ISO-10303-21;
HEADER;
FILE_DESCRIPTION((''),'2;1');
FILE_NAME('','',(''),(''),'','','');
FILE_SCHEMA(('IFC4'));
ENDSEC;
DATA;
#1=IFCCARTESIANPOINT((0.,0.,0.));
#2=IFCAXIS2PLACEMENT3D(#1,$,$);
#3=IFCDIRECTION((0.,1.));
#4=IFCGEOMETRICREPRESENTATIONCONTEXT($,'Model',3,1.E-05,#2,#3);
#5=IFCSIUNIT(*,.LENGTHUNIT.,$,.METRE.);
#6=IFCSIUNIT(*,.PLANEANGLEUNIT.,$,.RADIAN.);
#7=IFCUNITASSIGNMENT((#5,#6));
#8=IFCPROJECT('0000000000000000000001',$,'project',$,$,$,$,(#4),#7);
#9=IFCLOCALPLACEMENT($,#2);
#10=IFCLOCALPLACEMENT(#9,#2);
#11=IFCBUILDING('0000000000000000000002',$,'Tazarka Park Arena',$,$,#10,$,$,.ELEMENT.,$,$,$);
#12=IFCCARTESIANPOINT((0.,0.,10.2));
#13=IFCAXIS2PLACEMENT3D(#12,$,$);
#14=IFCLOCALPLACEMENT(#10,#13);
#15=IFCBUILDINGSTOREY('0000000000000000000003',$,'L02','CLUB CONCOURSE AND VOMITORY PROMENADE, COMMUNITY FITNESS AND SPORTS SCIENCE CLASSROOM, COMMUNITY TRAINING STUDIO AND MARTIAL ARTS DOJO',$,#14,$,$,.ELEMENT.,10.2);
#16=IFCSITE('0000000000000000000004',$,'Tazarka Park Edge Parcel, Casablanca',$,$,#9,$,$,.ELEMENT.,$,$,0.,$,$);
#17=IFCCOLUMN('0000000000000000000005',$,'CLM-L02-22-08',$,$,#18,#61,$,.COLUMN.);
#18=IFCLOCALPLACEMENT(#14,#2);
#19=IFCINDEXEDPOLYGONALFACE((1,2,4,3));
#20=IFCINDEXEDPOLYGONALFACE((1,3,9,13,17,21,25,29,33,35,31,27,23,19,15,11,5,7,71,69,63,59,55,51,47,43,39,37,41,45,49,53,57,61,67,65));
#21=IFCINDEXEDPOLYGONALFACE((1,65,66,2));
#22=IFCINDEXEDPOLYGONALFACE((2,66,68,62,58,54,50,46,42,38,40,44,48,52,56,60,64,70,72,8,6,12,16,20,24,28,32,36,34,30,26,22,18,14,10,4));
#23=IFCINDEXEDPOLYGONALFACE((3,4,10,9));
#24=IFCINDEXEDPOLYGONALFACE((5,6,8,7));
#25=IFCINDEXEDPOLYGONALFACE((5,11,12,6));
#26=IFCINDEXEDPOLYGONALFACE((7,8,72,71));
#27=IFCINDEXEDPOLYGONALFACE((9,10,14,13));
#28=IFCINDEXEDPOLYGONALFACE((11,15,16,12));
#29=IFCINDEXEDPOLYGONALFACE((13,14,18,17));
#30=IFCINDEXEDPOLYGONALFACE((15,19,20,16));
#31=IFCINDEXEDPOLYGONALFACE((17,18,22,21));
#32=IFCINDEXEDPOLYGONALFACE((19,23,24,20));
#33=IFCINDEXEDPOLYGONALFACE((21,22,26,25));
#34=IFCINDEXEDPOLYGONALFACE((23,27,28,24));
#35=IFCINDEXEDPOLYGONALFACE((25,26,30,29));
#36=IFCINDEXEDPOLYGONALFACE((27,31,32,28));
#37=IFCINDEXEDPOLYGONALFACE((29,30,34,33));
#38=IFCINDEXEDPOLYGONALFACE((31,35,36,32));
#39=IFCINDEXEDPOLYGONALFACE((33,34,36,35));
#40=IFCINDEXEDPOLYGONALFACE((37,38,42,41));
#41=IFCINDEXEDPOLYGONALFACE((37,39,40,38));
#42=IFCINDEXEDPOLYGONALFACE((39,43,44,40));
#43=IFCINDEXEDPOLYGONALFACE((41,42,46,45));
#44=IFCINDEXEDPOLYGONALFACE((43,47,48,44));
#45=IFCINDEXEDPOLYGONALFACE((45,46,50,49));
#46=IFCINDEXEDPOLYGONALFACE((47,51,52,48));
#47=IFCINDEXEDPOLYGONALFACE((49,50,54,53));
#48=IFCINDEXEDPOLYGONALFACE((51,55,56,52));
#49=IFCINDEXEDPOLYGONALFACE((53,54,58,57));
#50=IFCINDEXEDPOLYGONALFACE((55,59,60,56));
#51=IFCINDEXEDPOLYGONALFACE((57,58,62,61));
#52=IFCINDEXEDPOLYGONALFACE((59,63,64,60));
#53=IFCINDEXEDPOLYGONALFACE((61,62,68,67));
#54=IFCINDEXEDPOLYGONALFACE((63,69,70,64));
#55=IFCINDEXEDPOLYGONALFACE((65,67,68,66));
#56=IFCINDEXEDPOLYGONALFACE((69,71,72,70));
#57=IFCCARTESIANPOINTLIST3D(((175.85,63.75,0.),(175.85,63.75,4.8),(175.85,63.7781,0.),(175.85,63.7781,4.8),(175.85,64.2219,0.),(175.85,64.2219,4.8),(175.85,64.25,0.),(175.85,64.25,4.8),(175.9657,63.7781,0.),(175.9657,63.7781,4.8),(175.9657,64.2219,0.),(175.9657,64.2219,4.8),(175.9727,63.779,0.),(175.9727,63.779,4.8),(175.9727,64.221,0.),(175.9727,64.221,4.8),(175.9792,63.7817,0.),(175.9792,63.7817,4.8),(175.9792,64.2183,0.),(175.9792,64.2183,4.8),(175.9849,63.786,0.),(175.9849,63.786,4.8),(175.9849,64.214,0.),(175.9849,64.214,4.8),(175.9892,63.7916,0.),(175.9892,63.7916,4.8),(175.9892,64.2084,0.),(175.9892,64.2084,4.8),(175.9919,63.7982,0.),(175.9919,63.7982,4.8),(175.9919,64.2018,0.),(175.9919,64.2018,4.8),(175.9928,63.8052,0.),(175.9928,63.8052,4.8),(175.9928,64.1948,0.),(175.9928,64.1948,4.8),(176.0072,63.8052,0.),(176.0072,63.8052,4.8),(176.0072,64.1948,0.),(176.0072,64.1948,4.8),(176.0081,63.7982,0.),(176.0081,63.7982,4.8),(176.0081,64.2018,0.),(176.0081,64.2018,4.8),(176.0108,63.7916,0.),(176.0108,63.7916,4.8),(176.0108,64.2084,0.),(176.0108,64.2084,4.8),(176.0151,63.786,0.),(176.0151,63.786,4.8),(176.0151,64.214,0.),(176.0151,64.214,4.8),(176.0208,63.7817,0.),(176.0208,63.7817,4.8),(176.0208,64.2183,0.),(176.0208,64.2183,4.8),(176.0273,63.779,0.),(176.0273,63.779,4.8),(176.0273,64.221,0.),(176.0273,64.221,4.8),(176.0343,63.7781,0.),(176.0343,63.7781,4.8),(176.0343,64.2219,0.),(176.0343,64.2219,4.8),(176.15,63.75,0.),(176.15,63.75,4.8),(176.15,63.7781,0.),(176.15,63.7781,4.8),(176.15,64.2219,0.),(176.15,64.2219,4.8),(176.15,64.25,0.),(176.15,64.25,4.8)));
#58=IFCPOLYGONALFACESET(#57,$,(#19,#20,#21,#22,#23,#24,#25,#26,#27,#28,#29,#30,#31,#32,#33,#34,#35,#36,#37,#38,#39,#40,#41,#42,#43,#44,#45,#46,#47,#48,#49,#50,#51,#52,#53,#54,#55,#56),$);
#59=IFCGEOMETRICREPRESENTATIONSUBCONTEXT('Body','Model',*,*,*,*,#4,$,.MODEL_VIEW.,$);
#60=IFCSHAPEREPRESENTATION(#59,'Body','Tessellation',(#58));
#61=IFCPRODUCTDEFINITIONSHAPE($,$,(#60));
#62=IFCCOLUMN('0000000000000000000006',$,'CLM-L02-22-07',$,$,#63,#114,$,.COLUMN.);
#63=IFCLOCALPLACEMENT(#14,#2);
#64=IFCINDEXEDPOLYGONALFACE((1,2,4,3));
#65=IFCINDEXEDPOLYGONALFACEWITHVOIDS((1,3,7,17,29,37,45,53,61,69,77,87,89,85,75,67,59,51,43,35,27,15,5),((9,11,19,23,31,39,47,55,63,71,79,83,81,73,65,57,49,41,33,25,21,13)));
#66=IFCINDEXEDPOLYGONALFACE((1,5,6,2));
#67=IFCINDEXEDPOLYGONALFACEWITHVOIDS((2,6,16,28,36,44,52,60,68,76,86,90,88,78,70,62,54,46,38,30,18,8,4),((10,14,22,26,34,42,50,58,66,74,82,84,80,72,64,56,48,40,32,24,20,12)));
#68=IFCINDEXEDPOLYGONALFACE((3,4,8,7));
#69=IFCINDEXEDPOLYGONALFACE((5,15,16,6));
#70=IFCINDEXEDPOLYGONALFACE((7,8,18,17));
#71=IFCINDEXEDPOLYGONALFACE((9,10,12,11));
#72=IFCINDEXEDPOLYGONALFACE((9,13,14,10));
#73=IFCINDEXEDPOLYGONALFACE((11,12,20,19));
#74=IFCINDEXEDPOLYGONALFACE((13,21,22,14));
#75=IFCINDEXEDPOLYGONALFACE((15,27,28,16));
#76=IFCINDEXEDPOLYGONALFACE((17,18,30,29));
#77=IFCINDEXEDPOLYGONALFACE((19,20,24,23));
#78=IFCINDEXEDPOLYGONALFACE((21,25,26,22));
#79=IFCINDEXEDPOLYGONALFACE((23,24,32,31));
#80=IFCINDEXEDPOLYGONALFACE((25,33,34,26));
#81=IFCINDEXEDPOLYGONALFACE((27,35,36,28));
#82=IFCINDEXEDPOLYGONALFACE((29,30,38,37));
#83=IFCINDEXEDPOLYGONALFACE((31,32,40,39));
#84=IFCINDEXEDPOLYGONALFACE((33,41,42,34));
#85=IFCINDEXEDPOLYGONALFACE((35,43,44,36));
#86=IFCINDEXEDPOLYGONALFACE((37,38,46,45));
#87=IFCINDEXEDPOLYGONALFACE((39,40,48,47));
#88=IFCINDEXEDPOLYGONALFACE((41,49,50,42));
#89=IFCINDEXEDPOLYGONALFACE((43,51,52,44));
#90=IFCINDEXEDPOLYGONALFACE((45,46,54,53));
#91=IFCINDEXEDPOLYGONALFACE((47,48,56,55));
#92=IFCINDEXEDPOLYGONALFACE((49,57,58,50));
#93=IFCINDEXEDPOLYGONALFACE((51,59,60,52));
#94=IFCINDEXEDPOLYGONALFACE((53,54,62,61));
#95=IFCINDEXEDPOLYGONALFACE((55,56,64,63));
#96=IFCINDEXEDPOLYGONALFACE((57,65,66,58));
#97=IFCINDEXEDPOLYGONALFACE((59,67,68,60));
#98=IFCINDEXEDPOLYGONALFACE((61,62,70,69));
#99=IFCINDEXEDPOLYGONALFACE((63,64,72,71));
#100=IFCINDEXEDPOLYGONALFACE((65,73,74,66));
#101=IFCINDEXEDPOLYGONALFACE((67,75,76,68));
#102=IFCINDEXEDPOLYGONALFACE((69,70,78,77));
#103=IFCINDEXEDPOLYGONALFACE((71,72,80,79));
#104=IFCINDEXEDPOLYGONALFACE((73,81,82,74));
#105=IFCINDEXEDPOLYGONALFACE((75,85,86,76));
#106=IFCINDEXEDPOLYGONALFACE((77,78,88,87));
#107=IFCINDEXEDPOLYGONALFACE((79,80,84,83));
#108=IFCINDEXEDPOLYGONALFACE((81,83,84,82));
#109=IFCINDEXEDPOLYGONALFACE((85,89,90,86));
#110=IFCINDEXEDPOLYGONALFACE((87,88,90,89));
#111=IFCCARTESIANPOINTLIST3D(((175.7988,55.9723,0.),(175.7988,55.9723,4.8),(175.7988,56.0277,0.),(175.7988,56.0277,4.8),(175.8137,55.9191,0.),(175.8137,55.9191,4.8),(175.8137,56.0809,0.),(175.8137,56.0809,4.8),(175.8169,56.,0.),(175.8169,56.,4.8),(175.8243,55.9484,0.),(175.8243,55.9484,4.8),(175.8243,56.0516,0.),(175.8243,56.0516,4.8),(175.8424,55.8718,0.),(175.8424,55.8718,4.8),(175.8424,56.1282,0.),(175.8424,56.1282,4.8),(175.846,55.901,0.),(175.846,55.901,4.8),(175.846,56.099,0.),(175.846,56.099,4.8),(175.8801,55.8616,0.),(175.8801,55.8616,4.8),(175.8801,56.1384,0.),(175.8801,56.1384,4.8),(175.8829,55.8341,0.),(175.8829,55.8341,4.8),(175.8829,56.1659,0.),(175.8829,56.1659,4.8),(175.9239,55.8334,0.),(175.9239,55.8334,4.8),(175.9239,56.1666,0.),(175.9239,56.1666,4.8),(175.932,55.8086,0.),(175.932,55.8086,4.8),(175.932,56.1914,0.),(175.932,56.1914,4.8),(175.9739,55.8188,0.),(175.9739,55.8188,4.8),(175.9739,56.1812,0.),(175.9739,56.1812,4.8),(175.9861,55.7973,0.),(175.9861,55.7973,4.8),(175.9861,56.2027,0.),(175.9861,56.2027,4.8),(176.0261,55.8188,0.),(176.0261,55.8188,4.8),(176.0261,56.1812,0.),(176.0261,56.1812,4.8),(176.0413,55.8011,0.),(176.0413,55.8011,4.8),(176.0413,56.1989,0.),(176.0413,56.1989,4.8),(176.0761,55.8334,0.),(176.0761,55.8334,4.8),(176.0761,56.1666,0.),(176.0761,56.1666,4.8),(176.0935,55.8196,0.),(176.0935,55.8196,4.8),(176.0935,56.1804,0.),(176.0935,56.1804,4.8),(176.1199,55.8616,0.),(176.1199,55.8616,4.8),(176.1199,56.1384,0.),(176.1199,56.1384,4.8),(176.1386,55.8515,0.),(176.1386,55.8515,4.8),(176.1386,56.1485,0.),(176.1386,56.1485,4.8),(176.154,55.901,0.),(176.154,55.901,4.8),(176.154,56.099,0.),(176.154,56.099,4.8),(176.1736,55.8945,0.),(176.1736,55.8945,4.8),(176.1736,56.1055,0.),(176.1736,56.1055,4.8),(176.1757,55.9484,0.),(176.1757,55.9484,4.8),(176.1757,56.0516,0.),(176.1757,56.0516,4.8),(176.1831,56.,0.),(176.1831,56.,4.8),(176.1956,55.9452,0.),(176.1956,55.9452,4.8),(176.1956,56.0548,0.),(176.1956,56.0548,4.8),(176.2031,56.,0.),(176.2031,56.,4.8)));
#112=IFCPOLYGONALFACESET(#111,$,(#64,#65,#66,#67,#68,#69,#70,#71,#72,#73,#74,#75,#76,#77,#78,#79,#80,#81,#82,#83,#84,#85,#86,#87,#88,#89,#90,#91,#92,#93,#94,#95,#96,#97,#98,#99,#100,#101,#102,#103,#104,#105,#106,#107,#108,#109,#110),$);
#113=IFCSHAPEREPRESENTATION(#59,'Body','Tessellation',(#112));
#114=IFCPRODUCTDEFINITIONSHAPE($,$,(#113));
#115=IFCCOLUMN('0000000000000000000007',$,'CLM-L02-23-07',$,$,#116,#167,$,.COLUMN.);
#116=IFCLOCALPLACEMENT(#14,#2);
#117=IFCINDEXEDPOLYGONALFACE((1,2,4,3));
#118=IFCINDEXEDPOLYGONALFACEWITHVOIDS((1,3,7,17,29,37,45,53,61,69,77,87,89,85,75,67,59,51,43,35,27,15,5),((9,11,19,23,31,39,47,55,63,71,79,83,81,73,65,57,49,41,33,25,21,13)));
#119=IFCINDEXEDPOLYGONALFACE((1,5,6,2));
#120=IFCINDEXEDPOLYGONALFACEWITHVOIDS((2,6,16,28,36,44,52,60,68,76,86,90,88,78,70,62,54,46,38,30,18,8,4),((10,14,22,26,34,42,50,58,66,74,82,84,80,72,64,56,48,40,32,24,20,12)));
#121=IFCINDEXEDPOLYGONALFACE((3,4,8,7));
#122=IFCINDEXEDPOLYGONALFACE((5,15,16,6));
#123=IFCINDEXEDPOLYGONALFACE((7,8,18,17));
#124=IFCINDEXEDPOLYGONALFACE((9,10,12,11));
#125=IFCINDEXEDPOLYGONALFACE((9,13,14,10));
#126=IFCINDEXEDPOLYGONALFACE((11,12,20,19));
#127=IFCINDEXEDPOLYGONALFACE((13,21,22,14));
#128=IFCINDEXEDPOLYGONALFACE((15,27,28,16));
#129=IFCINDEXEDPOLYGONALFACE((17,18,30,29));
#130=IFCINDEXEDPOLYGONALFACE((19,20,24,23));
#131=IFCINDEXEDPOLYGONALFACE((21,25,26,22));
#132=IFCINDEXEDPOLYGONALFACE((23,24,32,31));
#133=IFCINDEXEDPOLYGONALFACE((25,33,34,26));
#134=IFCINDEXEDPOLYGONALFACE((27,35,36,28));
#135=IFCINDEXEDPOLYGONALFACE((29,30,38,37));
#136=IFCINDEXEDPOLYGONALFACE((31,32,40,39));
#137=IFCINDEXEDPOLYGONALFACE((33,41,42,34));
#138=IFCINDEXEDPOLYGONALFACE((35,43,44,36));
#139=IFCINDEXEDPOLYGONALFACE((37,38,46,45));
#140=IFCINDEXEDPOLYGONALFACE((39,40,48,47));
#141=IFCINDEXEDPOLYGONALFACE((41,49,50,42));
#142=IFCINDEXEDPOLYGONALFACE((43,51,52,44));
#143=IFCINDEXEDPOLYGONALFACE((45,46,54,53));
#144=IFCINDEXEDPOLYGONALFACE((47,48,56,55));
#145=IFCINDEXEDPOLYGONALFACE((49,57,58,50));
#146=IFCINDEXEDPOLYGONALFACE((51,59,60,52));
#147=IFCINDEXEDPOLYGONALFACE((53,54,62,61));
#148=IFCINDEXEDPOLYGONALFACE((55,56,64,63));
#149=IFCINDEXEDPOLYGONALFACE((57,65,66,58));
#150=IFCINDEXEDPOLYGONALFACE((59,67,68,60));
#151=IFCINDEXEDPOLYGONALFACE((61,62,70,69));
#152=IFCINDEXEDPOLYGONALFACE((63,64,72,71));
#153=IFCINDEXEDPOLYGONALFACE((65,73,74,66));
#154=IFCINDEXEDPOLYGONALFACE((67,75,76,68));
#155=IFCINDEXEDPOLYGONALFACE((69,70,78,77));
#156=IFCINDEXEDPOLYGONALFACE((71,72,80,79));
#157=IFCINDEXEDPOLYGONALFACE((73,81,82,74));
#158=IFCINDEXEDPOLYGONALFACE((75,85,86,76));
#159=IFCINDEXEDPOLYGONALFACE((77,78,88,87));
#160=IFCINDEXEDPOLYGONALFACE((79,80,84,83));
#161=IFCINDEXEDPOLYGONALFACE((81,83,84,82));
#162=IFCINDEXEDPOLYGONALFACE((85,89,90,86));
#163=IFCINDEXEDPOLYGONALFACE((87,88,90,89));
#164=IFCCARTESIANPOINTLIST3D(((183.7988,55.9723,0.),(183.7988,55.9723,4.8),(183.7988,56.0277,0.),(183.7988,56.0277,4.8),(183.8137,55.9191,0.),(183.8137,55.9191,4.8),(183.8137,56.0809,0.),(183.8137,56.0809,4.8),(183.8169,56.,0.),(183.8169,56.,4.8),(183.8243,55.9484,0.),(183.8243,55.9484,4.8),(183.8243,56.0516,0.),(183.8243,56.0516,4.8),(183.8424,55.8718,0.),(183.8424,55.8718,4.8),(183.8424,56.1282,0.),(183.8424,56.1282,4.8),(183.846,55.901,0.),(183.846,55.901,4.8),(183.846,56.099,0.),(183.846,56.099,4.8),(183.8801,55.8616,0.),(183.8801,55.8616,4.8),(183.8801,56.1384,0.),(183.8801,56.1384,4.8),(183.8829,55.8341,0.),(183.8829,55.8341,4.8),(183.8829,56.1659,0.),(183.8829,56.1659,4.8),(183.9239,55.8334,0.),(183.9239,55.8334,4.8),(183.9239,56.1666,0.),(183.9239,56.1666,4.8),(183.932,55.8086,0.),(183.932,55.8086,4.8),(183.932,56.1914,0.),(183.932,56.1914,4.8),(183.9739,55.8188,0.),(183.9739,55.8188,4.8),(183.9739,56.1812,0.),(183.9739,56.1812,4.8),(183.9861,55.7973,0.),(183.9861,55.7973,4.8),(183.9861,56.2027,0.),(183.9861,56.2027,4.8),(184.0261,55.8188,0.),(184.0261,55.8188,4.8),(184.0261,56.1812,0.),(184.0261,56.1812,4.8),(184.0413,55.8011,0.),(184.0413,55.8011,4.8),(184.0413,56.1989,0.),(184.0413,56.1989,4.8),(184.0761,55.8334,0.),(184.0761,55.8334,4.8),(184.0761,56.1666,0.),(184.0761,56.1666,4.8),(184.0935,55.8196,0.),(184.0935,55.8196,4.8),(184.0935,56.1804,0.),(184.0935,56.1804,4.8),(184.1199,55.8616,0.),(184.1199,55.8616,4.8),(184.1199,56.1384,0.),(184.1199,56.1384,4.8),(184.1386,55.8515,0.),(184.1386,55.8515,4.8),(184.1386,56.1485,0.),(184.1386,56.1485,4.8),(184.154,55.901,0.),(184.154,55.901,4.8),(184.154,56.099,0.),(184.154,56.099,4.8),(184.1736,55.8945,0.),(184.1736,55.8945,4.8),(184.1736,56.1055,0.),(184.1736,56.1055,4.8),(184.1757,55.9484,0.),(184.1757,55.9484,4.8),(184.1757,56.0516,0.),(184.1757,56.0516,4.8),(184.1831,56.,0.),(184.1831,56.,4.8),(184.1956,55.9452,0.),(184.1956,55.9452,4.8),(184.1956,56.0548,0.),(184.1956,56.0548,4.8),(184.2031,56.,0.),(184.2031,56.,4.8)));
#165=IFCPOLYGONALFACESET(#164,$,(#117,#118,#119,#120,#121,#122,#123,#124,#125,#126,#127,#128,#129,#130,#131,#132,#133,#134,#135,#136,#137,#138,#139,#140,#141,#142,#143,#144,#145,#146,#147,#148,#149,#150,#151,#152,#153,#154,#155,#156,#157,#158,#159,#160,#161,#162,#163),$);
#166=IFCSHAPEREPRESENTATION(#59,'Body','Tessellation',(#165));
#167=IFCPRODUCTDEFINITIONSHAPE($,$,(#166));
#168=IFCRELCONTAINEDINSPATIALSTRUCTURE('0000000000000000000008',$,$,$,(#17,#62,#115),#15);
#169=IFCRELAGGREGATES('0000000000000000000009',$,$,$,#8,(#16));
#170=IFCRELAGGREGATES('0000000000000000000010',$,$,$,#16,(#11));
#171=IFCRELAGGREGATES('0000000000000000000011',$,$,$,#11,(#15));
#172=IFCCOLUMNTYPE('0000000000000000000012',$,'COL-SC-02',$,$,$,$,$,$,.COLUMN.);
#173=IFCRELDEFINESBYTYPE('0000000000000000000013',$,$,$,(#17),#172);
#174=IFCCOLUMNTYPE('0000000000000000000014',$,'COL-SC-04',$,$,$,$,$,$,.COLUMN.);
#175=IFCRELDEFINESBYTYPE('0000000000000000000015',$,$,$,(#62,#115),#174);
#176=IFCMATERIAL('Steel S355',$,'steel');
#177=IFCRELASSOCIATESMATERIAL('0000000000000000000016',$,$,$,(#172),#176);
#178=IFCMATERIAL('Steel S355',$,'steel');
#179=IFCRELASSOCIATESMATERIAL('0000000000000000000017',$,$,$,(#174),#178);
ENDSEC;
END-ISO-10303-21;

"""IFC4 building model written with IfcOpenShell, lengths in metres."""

from ifc_helpers import new_model, si_unit, direction, frame, origin, origin_2d, place, context, subcontext, project, spatial, hollow_circle, i_section, extrude, material, material_profile, profile_set, type_object, element, save


model = new_model("IFC4")

# Units and contexts
model_context = context("Model", 3, precision=1e-05, world=origin(), true_north=direction((0.0, 1.0)))
body_context = subcontext(model_context, "Body", "Model", "MODEL_VIEW")
ifc_project = project(units=[si_unit("LENGTHUNIT", "METRE"), si_unit("PLANEANGLEUNIT", "RADIAN")], contexts=[model_context])

# Site, building, storey
site_placement = place(None, origin())
site = spatial("IfcSite", under=ifc_project, at=site_placement, Name="Tazarka Park Edge Parcel, Casablanca", CompositionType="ELEMENT", RefElevation=0.0)
building_placement = place(site_placement, origin())
building = spatial("IfcBuilding", under=site, at=building_placement, Name="Tazarka Park Arena", CompositionType="ELEMENT")
storey_placement = place(building_placement, frame((0.0, 0.0, 10.2)))
storey = spatial("IfcBuildingStorey", under=building, at=storey_placement, Name="L02", Description="CLUB CONCOURSE AND VOMITORY PROMENADE, COMMUNITY FITNESS AND SPORTS SCIENCE CLASSROOM, COMMUNITY TRAINING STUDIO AND MARTIAL ARTS DOJO", CompositionType="ELEMENT", Elevation=10.2)

# Columns
ifc_material_1 = material(Name="Steel S355", Category="steel")
ifc_material_profile_1 = material_profile(ifc_material_1, i_section(OverallWidth=0.3, OverallDepth=0.5, WebThickness=0.0144, FlangeThickness=0.0281, FilletRadius=0.0271, at=origin_2d()), Name="Steel S355")
ifc_profile_set_1 = profile_set([ifc_material_profile_1], Name="Steel S355")
column_type_1 = type_object("IfcColumnType", Name="COL-SC-02", PredefinedType="COLUMN", material=ifc_profile_set_1)
column_placement = place(storey_placement, frame((176.0, 64.0, 0.0), z_axis=(0.0, 0.0, 1.0), x_axis=(1.0, 0.0, 0.0)))
element("IfcColumn", 1, at=column_placement, inside=storey, type_object=column_type_1, Name="CLM-L02-22-08", PredefinedType="COLUMN", context=body_context, shape_type="SweptSolid", body=[
    extrude(i_section(OverallWidth=0.3, OverallDepth=0.5, WebThickness=0.0144, FlangeThickness=0.0281, FilletRadius=0.0271, at=origin_2d()), origin(), (0.0, 0.0, 1.0), 4.8),
])
ifc_material_2 = material(Name="Steel S355", Category="steel")
ifc_material_profile_2 = material_profile(ifc_material_2, hollow_circle(Radius=0.2031, WallThickness=0.02, at=origin_2d()), Name="Steel S355")
ifc_profile_set_2 = profile_set([ifc_material_profile_2], Name="Steel S355")
column_type_2 = type_object("IfcColumnType", Name="COL-SC-04", PredefinedType="COLUMN", material=ifc_profile_set_2)
for number, where, z_axis, x_axis, name in (
    (2, (176.0, 56.0, 0.0), (0.0, 0.0, 1.0), (1.0, 0.0, 0.0), "CLM-L02-22-07"),
    (3, (184.0, 56.0, 0.0), (0.0, 0.0, 1.0), (1.0, 0.0, 0.0), "CLM-L02-23-07"),
):
    element("IfcColumn", number, at=place(storey_placement, frame(where, z_axis=z_axis, x_axis=x_axis)), inside=storey, type_object=column_type_2, Name=name, PredefinedType="COLUMN", context=body_context, shape_type="SweptSolid", body=[
        extrude(hollow_circle(Radius=0.2031, WallThickness=0.02, at=origin_2d()), origin(), (0.0, 0.0, 1.0), 4.8),
    ])

save(model, "model.ifc")
